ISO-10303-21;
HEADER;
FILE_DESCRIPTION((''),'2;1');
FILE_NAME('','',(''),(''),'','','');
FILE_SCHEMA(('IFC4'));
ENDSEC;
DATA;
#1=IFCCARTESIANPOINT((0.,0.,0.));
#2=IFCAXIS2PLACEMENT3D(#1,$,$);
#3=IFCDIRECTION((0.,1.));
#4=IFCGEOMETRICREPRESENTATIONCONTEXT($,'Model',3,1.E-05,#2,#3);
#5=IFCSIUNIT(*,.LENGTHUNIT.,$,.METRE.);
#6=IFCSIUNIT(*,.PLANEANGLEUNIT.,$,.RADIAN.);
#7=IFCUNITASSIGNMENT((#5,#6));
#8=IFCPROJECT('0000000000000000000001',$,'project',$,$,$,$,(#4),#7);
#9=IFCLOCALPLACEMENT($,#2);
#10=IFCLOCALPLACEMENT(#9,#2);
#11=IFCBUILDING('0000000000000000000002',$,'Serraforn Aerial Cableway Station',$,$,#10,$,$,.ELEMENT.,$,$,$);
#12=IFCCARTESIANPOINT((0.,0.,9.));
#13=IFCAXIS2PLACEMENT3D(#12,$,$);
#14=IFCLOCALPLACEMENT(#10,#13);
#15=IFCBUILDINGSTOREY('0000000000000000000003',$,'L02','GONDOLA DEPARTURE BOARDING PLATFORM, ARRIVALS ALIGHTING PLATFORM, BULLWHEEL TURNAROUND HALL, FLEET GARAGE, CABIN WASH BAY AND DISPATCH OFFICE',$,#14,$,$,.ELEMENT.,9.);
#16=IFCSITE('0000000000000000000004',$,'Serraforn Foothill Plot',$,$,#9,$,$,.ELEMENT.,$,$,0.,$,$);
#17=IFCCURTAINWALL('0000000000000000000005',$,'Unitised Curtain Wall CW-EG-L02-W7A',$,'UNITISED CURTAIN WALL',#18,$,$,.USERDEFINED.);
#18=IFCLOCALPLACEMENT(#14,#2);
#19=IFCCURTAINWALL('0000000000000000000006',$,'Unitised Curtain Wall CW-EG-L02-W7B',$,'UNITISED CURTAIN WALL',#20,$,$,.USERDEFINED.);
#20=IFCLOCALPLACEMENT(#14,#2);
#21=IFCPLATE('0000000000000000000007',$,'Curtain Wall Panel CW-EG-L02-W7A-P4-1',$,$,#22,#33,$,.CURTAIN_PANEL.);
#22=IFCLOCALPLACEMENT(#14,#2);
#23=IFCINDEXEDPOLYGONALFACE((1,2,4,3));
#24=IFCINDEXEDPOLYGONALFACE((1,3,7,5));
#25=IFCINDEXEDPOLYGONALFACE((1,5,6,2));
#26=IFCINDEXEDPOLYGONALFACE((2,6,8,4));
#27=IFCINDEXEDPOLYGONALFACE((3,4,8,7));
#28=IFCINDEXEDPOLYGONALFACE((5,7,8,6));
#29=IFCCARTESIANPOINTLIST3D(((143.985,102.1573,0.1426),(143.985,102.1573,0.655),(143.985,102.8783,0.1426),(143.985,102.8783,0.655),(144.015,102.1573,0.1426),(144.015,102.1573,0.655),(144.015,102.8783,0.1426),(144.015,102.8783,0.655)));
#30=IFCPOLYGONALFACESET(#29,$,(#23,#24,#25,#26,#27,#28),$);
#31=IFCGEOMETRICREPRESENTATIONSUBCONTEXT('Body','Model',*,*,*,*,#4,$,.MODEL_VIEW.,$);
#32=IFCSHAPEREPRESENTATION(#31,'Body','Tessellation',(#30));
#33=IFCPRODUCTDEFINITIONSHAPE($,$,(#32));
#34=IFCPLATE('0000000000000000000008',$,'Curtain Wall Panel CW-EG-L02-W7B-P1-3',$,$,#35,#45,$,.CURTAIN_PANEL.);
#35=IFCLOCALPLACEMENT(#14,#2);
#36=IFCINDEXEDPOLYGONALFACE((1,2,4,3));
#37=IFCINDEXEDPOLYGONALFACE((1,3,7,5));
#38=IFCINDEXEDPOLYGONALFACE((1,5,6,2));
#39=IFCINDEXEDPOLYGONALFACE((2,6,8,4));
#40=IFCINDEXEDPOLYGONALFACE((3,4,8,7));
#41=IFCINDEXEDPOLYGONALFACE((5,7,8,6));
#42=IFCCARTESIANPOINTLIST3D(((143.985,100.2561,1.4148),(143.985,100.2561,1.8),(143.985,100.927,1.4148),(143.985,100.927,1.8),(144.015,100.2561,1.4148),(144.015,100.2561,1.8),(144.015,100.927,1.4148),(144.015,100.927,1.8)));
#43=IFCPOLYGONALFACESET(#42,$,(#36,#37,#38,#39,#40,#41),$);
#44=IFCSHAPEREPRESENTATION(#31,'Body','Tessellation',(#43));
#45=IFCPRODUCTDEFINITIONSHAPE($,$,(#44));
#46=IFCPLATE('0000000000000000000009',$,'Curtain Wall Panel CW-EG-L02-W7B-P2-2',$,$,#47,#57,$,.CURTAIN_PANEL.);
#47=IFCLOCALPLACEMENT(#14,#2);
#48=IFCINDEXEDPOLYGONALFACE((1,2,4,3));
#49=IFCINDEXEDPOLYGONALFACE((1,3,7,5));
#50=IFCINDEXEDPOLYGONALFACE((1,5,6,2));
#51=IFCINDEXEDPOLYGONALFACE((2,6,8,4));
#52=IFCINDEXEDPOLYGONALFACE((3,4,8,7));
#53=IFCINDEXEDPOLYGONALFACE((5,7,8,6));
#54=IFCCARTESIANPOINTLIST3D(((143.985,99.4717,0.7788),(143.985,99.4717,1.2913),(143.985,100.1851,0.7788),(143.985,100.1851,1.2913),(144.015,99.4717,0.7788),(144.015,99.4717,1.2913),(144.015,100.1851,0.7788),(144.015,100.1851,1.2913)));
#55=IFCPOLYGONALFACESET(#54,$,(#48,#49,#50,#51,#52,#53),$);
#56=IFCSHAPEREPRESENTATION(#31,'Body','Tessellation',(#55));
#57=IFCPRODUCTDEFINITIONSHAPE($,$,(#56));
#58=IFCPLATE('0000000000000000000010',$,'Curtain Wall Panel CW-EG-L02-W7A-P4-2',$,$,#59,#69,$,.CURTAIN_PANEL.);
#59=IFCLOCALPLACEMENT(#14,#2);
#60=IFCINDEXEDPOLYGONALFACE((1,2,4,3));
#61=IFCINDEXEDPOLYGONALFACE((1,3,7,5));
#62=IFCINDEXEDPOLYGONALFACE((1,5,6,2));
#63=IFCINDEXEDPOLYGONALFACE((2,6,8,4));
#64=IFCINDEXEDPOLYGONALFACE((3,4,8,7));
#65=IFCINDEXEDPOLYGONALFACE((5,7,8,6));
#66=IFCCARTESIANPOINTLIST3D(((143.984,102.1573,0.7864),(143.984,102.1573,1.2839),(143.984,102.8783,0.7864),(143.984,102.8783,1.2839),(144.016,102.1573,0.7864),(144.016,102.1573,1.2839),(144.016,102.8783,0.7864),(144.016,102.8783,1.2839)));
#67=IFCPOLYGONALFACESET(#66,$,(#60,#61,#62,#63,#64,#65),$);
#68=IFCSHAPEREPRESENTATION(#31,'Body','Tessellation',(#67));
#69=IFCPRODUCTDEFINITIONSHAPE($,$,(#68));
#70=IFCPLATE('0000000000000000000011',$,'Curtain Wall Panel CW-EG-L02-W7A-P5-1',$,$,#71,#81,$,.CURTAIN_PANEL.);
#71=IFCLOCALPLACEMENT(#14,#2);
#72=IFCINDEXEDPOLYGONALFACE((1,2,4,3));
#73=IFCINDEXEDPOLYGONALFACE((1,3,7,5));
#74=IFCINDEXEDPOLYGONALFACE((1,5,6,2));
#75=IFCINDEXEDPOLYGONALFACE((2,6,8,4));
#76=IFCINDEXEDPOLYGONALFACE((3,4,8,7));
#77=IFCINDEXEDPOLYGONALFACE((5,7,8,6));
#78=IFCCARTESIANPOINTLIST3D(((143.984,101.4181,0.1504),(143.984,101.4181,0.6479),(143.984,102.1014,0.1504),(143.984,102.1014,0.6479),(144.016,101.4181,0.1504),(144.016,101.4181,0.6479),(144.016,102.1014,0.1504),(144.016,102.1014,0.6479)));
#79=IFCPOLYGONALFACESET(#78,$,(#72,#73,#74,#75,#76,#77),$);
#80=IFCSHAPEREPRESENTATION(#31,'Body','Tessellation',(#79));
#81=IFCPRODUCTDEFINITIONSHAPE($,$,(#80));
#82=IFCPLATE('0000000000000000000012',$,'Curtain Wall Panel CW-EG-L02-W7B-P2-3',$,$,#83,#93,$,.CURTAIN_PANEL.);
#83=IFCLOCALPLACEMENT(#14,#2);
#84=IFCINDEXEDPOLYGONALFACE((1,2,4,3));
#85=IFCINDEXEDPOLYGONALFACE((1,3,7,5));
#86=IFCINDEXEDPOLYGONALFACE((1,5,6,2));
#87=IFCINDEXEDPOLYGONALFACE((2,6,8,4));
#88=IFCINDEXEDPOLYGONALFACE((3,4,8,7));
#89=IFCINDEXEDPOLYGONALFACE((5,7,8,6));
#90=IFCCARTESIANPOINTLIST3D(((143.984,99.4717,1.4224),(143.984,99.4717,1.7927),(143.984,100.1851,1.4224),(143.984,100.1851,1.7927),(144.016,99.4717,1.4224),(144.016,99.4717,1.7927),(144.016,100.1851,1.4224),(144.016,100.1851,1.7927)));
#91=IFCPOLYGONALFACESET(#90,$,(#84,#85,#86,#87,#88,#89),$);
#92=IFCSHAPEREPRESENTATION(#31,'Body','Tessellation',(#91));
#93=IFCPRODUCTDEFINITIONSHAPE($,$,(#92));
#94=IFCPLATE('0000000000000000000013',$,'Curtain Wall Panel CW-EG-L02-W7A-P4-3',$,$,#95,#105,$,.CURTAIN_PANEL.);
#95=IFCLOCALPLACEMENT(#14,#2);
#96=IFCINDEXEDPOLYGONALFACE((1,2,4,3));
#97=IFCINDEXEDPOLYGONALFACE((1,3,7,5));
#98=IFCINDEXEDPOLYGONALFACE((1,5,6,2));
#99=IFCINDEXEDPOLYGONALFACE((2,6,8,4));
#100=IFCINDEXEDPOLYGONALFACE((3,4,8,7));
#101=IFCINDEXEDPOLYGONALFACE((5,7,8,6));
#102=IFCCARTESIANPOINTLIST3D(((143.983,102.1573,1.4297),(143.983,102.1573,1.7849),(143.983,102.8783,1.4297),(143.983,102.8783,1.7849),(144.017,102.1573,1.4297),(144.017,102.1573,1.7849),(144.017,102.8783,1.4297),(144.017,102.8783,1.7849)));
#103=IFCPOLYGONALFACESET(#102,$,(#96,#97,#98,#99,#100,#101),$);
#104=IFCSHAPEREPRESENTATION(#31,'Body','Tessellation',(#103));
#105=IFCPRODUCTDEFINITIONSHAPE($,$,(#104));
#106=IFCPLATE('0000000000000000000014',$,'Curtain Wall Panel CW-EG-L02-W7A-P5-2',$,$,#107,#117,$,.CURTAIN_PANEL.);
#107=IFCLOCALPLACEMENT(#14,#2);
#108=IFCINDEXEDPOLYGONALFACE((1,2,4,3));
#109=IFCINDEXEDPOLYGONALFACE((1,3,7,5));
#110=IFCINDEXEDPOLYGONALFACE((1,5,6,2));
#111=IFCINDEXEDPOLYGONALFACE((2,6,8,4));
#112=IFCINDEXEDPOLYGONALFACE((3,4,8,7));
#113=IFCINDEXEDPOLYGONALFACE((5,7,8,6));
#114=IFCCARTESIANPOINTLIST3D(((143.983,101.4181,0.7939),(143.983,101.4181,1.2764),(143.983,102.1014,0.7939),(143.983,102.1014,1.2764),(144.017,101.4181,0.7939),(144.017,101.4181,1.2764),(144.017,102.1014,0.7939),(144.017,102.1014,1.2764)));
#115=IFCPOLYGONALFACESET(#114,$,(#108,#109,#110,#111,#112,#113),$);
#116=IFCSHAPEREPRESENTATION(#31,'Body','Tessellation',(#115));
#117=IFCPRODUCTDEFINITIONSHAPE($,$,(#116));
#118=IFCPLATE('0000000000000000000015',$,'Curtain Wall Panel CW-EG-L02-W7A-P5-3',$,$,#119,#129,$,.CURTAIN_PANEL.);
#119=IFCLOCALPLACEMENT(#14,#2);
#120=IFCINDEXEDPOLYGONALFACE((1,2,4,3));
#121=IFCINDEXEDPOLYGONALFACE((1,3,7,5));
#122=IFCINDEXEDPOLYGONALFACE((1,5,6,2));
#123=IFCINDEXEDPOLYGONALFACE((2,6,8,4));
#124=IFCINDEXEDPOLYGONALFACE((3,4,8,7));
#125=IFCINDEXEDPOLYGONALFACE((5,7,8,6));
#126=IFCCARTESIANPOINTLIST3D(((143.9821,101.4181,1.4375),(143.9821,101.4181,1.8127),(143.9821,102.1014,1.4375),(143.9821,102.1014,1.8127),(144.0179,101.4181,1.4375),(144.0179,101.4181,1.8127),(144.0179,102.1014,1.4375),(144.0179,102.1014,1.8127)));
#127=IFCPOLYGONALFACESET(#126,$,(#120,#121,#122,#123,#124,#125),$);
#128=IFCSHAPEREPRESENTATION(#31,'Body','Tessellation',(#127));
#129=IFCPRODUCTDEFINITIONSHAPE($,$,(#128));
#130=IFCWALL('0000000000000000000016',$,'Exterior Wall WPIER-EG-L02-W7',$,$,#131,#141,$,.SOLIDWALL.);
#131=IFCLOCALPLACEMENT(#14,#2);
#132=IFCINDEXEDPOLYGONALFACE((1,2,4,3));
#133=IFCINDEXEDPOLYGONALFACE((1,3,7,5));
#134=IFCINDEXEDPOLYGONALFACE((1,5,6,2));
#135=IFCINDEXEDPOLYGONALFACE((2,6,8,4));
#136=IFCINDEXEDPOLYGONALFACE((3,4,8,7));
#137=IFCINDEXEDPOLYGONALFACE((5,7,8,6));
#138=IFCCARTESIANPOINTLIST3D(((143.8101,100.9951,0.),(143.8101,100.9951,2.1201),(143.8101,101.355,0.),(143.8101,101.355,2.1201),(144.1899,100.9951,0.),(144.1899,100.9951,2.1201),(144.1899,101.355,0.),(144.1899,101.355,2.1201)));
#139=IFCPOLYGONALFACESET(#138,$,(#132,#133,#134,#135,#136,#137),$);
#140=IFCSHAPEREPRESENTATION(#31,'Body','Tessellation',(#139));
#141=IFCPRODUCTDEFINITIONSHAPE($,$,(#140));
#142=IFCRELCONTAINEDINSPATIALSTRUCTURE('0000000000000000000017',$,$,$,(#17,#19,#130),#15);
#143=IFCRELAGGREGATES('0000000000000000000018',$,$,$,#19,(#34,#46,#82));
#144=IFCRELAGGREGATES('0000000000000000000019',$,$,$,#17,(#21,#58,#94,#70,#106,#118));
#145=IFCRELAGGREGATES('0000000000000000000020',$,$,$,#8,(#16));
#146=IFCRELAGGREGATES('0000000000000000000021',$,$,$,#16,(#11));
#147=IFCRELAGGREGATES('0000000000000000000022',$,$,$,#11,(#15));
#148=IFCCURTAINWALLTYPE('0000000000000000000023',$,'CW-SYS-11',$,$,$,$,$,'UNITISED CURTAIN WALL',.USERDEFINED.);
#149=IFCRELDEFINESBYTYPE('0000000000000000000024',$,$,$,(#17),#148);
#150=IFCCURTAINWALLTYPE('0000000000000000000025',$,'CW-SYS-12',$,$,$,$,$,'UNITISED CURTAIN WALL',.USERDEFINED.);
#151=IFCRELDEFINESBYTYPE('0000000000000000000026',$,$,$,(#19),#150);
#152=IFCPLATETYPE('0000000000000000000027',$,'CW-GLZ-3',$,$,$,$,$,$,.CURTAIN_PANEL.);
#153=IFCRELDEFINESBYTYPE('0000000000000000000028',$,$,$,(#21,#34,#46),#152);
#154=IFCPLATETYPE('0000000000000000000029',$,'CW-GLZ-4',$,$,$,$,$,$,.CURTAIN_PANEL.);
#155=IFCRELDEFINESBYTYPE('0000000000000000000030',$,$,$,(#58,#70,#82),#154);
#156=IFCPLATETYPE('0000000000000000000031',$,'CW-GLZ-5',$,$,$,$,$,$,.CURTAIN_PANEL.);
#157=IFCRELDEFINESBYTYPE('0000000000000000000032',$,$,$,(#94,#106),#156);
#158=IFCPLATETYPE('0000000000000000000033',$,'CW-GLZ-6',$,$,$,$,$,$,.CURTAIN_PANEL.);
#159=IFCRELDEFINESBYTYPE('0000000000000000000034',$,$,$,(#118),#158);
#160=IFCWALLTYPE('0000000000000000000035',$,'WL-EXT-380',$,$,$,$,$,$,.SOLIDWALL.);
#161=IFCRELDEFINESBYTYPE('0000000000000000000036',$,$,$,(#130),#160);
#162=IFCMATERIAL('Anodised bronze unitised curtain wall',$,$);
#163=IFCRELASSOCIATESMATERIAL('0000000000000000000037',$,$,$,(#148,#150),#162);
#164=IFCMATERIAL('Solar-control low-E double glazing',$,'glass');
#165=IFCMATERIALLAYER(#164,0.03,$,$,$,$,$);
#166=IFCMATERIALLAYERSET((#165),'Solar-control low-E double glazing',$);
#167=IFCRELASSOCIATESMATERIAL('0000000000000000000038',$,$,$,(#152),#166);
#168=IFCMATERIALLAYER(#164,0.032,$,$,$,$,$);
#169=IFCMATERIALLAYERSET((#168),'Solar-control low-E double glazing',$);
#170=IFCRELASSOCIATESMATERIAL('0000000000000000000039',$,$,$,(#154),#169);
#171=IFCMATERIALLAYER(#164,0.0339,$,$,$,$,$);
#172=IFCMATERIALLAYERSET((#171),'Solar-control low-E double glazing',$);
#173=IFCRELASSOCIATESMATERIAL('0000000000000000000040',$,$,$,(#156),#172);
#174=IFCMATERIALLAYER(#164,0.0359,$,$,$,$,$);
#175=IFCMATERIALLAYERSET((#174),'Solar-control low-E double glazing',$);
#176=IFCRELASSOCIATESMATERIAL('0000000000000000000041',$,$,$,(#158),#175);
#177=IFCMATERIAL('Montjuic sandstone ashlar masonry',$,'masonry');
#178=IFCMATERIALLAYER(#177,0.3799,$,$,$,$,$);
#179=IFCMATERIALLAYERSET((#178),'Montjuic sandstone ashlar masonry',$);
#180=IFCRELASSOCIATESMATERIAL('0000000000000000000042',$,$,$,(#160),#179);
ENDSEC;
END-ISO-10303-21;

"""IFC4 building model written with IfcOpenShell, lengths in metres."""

from ifc_helpers import new_model, si_unit, direction, frame, frame_2d, origin, origin_2d, place, context, subcontext, project, spatial, rectangle, extrude, material, layer, layer_set, type_object, element, aggregate, save


model = new_model("IFC4")

# Units and contexts
model_context = context("Model", 3, precision=1e-05, world=origin(), true_north=direction((0.0, 1.0)))
body_context = subcontext(model_context, "Body", "Model", "MODEL_VIEW")
ifc_project = project(units=[si_unit("LENGTHUNIT", "METRE"), si_unit("PLANEANGLEUNIT", "RADIAN")], contexts=[model_context])

# Site, building, storey
site_placement = place(None, origin())
site = spatial("IfcSite", under=ifc_project, at=site_placement, Name="Serraforn Foothill Plot", CompositionType="ELEMENT", RefElevation=0.0)
building_placement = place(site_placement, origin())
building = spatial("IfcBuilding", under=site, at=building_placement, Name="Serraforn Aerial Cableway Station", CompositionType="ELEMENT")
storey_placement = place(building_placement, frame((0.0, 0.0, 9.0)))
storey = spatial("IfcBuildingStorey", under=building, at=storey_placement, Name="L02", Description="GONDOLA DEPARTURE BOARDING PLATFORM, ARRIVALS ALIGHTING PLATFORM, BULLWHEEL TURNAROUND HALL, FLEET GARAGE, CABIN WASH BAY AND DISPATCH OFFICE", CompositionType="ELEMENT", Elevation=9.0)

# Curtain walls
ifc_material_1 = material(Name="Anodised bronze unitised curtain wall")
curtain_wall_type_1 = type_object("IfcCurtainWallType", Name="CW-SYS-11", ElementType="UNITISED CURTAIN WALL", PredefinedType="USERDEFINED", material=ifc_material_1)
curtain_wall_1_placement = place(storey_placement, origin())
curtain_wall_1 = element("IfcCurtainWall", 1, at=curtain_wall_1_placement, inside=storey, type_object=curtain_wall_type_1, Name="Unitised Curtain Wall CW-EG-L02-W7A", ObjectType="UNITISED CURTAIN WALL", PredefinedType="USERDEFINED")
curtain_wall_type_2 = type_object("IfcCurtainWallType", Name="CW-SYS-12", ElementType="UNITISED CURTAIN WALL", PredefinedType="USERDEFINED", material=ifc_material_1)
curtain_wall_2_placement = place(storey_placement, origin())
curtain_wall_2 = element("IfcCurtainWall", 2, at=curtain_wall_2_placement, inside=storey, type_object=curtain_wall_type_2, Name="Unitised Curtain Wall CW-EG-L02-W7B", ObjectType="UNITISED CURTAIN WALL", PredefinedType="USERDEFINED")

# Plates
ifc_material_2 = material(Name="Solar-control low-E double glazing", Category="glass")
ifc_layer_1 = layer(ifc_material_2, 0.03)
ifc_layer_set_1 = layer_set([ifc_layer_1], Name="Solar-control low-E double glazing")
plate_type_1 = type_object("IfcPlateType", Name="CW-GLZ-3", PredefinedType="CURTAIN_PANEL", material=ifc_layer_set_1)
plate_1_placement = place(storey_placement, frame((144.0, 102.5178, 0.1426), z_axis=(0.0, 0.0, 1.0), x_axis=(1.0, 0.0, 0.0)))
plate_1 = element("IfcPlate", 3, at=plate_1_placement, type_object=plate_type_1, Name="Curtain Wall Panel CW-EG-L02-W7A-P4-1", PredefinedType="CURTAIN_PANEL", context=body_context, shape_type="SweptSolid", body=[
    extrude(rectangle(XDim=0.03, YDim=0.7209, at=origin_2d()), origin(), (0.0, 0.0, 1.0), 0.5125),
])
plate_2_placement = place(storey_placement, frame((144.0, 100.5916, 1.4148), z_axis=(0.0, 0.0, 1.0), x_axis=(1.0, 0.0, 0.0)))
plate_2 = element("IfcPlate", 4, at=plate_2_placement, type_object=plate_type_1, Name="Curtain Wall Panel CW-EG-L02-W7B-P1-3", PredefinedType="CURTAIN_PANEL", context=body_context, shape_type="SweptSolid", body=[
    extrude(rectangle(XDim=0.03, YDim=0.6709, at=origin_2d()), origin(), (0.0, 0.0, 1.0), 0.3853),
])
plate_3_placement = place(storey_placement, frame((144.0, 99.8284, 0.7788), z_axis=(0.0, 0.0, 1.0), x_axis=(1.0, 0.0, 0.0)))
plate_3 = element("IfcPlate", 5, at=plate_3_placement, type_object=plate_type_1, Name="Curtain Wall Panel CW-EG-L02-W7B-P2-2", PredefinedType="CURTAIN_PANEL", context=body_context, shape_type="SweptSolid", body=[
    extrude(rectangle(XDim=0.03, YDim=0.7134, at=origin_2d()), origin(), (0.0, 0.0, 1.0), 0.5125),
])
ifc_layer_2 = layer(ifc_material_2, 0.032)
ifc_layer_set_2 = layer_set([ifc_layer_2], Name="Solar-control low-E double glazing")
plate_type_2 = type_object("IfcPlateType", Name="CW-GLZ-4", PredefinedType="CURTAIN_PANEL", material=ifc_layer_set_2)
plate_4_placement = place(storey_placement, frame((144.0, 102.5178, 0.7864), z_axis=(0.0, 0.0, 1.0), x_axis=(1.0, 0.0, 0.0)))
plate_4 = element("IfcPlate", 6, at=plate_4_placement, type_object=plate_type_2, Name="Curtain Wall Panel CW-EG-L02-W7A-P4-2", PredefinedType="CURTAIN_PANEL", context=body_context, shape_type="SweptSolid", body=[
    extrude(rectangle(XDim=0.032, YDim=0.7209, at=origin_2d()), origin(), (0.0, 0.0, 1.0), 0.4976),
])
plate_5_placement = place(storey_placement, frame((144.0, 101.7598, 0.1504), z_axis=(0.0, 0.0, 1.0), x_axis=(1.0, 0.0, 0.0)))
plate_5 = element("IfcPlate", 7, at=plate_5_placement, type_object=plate_type_2, Name="Curtain Wall Panel CW-EG-L02-W7A-P5-1", PredefinedType="CURTAIN_PANEL", context=body_context, shape_type="SweptSolid", body=[
    extrude(rectangle(XDim=0.032, YDim=0.6833, at=origin_2d()), origin(), (0.0, 0.0, 1.0), 0.4976),
])
plate_6_placement = place(storey_placement, frame((144.0, 99.8284, 1.4224), z_axis=(0.0, 0.0, 1.0), x_axis=(1.0, 0.0, 0.0)))
plate_6 = element("IfcPlate", 8, at=plate_6_placement, type_object=plate_type_2, Name="Curtain Wall Panel CW-EG-L02-W7B-P2-3", PredefinedType="CURTAIN_PANEL", context=body_context, shape_type="SweptSolid", body=[
    extrude(rectangle(XDim=0.032, YDim=0.7134, at=origin_2d()), origin(), (0.0, 0.0, 1.0), 0.3704),
])
aggregate(curtain_wall_2, [plate_2, plate_3, plate_6])
ifc_layer_3 = layer(ifc_material_2, 0.0339)
ifc_layer_set_3 = layer_set([ifc_layer_3], Name="Solar-control low-E double glazing")
plate_type_3 = type_object("IfcPlateType", Name="CW-GLZ-5", PredefinedType="CURTAIN_PANEL", material=ifc_layer_set_3)
plate_7_placement = place(storey_placement, frame((144.0, 102.5178, 1.4297), z_axis=(0.0, 0.0, 1.0), x_axis=(1.0, 0.0, 0.0)))
plate_7 = element("IfcPlate", 9, at=plate_7_placement, type_object=plate_type_3, Name="Curtain Wall Panel CW-EG-L02-W7A-P4-3", PredefinedType="CURTAIN_PANEL", context=body_context, shape_type="SweptSolid", body=[
    extrude(rectangle(XDim=0.0339, YDim=0.7209, at=origin_2d()), origin(), (0.0, 0.0, 1.0), 0.3552),
])
plate_8_placement = place(storey_placement, frame((144.0, 101.7598, 0.7939), z_axis=(0.0, 0.0, 1.0), x_axis=(1.0, 0.0, 0.0)))
plate_8 = element("IfcPlate", 10, at=plate_8_placement, type_object=plate_type_3, Name="Curtain Wall Panel CW-EG-L02-W7A-P5-2", PredefinedType="CURTAIN_PANEL", context=body_context, shape_type="SweptSolid", body=[
    extrude(rectangle(XDim=0.0339, YDim=0.6833, at=origin_2d()), origin(), (0.0, 0.0, 1.0), 0.4824),
])
ifc_layer_4 = layer(ifc_material_2, 0.0359)
ifc_layer_set_4 = layer_set([ifc_layer_4], Name="Solar-control low-E double glazing")
plate_type_4 = type_object("IfcPlateType", Name="CW-GLZ-6", PredefinedType="CURTAIN_PANEL", material=ifc_layer_set_4)
plate_9_placement = place(storey_placement, frame((144.0, 101.7598, 1.4375), z_axis=(0.0, 0.0, 1.0), x_axis=(1.0, 0.0, 0.0)))
plate_9 = element("IfcPlate", 11, at=plate_9_placement, type_object=plate_type_4, Name="Curtain Wall Panel CW-EG-L02-W7A-P5-3", PredefinedType="CURTAIN_PANEL", context=body_context, shape_type="SweptSolid", body=[
    extrude(rectangle(XDim=0.0359, YDim=0.6833, at=origin_2d()), origin(), (0.0, 0.0, 1.0), 0.3752),
])
aggregate(curtain_wall_1, [plate_1, plate_4, plate_7, plate_5, plate_8, plate_9])

# Wall
ifc_material_3 = material(Name="Montjuic sandstone ashlar masonry", Category="masonry")
ifc_layer_5 = layer(ifc_material_3, 0.3799)
ifc_layer_set_5 = layer_set([ifc_layer_5], Name="Montjuic sandstone ashlar masonry")
wall_type = type_object("IfcWallType", Name="WL-EXT-380", PredefinedType="SOLIDWALL", material=ifc_layer_set_5)
wall_placement = place(storey_placement, frame((144.0, 101.355, 0.0), z_axis=(0.0, 0.0, 1.0), x_axis=(0.0, -1.0, 0.0)))
element("IfcWall", 12, at=wall_placement, inside=storey, type_object=wall_type, Name="Exterior Wall WPIER-EG-L02-W7", PredefinedType="SOLIDWALL", context=body_context, shape_type="SweptSolid", body=[
    extrude(rectangle(XDim=0.3599, YDim=0.3799, at=frame_2d((0.1799, 0.0))), origin(), (0.0, 0.0, 1.0), 2.1201),
])

save(model, "model.ifc")
